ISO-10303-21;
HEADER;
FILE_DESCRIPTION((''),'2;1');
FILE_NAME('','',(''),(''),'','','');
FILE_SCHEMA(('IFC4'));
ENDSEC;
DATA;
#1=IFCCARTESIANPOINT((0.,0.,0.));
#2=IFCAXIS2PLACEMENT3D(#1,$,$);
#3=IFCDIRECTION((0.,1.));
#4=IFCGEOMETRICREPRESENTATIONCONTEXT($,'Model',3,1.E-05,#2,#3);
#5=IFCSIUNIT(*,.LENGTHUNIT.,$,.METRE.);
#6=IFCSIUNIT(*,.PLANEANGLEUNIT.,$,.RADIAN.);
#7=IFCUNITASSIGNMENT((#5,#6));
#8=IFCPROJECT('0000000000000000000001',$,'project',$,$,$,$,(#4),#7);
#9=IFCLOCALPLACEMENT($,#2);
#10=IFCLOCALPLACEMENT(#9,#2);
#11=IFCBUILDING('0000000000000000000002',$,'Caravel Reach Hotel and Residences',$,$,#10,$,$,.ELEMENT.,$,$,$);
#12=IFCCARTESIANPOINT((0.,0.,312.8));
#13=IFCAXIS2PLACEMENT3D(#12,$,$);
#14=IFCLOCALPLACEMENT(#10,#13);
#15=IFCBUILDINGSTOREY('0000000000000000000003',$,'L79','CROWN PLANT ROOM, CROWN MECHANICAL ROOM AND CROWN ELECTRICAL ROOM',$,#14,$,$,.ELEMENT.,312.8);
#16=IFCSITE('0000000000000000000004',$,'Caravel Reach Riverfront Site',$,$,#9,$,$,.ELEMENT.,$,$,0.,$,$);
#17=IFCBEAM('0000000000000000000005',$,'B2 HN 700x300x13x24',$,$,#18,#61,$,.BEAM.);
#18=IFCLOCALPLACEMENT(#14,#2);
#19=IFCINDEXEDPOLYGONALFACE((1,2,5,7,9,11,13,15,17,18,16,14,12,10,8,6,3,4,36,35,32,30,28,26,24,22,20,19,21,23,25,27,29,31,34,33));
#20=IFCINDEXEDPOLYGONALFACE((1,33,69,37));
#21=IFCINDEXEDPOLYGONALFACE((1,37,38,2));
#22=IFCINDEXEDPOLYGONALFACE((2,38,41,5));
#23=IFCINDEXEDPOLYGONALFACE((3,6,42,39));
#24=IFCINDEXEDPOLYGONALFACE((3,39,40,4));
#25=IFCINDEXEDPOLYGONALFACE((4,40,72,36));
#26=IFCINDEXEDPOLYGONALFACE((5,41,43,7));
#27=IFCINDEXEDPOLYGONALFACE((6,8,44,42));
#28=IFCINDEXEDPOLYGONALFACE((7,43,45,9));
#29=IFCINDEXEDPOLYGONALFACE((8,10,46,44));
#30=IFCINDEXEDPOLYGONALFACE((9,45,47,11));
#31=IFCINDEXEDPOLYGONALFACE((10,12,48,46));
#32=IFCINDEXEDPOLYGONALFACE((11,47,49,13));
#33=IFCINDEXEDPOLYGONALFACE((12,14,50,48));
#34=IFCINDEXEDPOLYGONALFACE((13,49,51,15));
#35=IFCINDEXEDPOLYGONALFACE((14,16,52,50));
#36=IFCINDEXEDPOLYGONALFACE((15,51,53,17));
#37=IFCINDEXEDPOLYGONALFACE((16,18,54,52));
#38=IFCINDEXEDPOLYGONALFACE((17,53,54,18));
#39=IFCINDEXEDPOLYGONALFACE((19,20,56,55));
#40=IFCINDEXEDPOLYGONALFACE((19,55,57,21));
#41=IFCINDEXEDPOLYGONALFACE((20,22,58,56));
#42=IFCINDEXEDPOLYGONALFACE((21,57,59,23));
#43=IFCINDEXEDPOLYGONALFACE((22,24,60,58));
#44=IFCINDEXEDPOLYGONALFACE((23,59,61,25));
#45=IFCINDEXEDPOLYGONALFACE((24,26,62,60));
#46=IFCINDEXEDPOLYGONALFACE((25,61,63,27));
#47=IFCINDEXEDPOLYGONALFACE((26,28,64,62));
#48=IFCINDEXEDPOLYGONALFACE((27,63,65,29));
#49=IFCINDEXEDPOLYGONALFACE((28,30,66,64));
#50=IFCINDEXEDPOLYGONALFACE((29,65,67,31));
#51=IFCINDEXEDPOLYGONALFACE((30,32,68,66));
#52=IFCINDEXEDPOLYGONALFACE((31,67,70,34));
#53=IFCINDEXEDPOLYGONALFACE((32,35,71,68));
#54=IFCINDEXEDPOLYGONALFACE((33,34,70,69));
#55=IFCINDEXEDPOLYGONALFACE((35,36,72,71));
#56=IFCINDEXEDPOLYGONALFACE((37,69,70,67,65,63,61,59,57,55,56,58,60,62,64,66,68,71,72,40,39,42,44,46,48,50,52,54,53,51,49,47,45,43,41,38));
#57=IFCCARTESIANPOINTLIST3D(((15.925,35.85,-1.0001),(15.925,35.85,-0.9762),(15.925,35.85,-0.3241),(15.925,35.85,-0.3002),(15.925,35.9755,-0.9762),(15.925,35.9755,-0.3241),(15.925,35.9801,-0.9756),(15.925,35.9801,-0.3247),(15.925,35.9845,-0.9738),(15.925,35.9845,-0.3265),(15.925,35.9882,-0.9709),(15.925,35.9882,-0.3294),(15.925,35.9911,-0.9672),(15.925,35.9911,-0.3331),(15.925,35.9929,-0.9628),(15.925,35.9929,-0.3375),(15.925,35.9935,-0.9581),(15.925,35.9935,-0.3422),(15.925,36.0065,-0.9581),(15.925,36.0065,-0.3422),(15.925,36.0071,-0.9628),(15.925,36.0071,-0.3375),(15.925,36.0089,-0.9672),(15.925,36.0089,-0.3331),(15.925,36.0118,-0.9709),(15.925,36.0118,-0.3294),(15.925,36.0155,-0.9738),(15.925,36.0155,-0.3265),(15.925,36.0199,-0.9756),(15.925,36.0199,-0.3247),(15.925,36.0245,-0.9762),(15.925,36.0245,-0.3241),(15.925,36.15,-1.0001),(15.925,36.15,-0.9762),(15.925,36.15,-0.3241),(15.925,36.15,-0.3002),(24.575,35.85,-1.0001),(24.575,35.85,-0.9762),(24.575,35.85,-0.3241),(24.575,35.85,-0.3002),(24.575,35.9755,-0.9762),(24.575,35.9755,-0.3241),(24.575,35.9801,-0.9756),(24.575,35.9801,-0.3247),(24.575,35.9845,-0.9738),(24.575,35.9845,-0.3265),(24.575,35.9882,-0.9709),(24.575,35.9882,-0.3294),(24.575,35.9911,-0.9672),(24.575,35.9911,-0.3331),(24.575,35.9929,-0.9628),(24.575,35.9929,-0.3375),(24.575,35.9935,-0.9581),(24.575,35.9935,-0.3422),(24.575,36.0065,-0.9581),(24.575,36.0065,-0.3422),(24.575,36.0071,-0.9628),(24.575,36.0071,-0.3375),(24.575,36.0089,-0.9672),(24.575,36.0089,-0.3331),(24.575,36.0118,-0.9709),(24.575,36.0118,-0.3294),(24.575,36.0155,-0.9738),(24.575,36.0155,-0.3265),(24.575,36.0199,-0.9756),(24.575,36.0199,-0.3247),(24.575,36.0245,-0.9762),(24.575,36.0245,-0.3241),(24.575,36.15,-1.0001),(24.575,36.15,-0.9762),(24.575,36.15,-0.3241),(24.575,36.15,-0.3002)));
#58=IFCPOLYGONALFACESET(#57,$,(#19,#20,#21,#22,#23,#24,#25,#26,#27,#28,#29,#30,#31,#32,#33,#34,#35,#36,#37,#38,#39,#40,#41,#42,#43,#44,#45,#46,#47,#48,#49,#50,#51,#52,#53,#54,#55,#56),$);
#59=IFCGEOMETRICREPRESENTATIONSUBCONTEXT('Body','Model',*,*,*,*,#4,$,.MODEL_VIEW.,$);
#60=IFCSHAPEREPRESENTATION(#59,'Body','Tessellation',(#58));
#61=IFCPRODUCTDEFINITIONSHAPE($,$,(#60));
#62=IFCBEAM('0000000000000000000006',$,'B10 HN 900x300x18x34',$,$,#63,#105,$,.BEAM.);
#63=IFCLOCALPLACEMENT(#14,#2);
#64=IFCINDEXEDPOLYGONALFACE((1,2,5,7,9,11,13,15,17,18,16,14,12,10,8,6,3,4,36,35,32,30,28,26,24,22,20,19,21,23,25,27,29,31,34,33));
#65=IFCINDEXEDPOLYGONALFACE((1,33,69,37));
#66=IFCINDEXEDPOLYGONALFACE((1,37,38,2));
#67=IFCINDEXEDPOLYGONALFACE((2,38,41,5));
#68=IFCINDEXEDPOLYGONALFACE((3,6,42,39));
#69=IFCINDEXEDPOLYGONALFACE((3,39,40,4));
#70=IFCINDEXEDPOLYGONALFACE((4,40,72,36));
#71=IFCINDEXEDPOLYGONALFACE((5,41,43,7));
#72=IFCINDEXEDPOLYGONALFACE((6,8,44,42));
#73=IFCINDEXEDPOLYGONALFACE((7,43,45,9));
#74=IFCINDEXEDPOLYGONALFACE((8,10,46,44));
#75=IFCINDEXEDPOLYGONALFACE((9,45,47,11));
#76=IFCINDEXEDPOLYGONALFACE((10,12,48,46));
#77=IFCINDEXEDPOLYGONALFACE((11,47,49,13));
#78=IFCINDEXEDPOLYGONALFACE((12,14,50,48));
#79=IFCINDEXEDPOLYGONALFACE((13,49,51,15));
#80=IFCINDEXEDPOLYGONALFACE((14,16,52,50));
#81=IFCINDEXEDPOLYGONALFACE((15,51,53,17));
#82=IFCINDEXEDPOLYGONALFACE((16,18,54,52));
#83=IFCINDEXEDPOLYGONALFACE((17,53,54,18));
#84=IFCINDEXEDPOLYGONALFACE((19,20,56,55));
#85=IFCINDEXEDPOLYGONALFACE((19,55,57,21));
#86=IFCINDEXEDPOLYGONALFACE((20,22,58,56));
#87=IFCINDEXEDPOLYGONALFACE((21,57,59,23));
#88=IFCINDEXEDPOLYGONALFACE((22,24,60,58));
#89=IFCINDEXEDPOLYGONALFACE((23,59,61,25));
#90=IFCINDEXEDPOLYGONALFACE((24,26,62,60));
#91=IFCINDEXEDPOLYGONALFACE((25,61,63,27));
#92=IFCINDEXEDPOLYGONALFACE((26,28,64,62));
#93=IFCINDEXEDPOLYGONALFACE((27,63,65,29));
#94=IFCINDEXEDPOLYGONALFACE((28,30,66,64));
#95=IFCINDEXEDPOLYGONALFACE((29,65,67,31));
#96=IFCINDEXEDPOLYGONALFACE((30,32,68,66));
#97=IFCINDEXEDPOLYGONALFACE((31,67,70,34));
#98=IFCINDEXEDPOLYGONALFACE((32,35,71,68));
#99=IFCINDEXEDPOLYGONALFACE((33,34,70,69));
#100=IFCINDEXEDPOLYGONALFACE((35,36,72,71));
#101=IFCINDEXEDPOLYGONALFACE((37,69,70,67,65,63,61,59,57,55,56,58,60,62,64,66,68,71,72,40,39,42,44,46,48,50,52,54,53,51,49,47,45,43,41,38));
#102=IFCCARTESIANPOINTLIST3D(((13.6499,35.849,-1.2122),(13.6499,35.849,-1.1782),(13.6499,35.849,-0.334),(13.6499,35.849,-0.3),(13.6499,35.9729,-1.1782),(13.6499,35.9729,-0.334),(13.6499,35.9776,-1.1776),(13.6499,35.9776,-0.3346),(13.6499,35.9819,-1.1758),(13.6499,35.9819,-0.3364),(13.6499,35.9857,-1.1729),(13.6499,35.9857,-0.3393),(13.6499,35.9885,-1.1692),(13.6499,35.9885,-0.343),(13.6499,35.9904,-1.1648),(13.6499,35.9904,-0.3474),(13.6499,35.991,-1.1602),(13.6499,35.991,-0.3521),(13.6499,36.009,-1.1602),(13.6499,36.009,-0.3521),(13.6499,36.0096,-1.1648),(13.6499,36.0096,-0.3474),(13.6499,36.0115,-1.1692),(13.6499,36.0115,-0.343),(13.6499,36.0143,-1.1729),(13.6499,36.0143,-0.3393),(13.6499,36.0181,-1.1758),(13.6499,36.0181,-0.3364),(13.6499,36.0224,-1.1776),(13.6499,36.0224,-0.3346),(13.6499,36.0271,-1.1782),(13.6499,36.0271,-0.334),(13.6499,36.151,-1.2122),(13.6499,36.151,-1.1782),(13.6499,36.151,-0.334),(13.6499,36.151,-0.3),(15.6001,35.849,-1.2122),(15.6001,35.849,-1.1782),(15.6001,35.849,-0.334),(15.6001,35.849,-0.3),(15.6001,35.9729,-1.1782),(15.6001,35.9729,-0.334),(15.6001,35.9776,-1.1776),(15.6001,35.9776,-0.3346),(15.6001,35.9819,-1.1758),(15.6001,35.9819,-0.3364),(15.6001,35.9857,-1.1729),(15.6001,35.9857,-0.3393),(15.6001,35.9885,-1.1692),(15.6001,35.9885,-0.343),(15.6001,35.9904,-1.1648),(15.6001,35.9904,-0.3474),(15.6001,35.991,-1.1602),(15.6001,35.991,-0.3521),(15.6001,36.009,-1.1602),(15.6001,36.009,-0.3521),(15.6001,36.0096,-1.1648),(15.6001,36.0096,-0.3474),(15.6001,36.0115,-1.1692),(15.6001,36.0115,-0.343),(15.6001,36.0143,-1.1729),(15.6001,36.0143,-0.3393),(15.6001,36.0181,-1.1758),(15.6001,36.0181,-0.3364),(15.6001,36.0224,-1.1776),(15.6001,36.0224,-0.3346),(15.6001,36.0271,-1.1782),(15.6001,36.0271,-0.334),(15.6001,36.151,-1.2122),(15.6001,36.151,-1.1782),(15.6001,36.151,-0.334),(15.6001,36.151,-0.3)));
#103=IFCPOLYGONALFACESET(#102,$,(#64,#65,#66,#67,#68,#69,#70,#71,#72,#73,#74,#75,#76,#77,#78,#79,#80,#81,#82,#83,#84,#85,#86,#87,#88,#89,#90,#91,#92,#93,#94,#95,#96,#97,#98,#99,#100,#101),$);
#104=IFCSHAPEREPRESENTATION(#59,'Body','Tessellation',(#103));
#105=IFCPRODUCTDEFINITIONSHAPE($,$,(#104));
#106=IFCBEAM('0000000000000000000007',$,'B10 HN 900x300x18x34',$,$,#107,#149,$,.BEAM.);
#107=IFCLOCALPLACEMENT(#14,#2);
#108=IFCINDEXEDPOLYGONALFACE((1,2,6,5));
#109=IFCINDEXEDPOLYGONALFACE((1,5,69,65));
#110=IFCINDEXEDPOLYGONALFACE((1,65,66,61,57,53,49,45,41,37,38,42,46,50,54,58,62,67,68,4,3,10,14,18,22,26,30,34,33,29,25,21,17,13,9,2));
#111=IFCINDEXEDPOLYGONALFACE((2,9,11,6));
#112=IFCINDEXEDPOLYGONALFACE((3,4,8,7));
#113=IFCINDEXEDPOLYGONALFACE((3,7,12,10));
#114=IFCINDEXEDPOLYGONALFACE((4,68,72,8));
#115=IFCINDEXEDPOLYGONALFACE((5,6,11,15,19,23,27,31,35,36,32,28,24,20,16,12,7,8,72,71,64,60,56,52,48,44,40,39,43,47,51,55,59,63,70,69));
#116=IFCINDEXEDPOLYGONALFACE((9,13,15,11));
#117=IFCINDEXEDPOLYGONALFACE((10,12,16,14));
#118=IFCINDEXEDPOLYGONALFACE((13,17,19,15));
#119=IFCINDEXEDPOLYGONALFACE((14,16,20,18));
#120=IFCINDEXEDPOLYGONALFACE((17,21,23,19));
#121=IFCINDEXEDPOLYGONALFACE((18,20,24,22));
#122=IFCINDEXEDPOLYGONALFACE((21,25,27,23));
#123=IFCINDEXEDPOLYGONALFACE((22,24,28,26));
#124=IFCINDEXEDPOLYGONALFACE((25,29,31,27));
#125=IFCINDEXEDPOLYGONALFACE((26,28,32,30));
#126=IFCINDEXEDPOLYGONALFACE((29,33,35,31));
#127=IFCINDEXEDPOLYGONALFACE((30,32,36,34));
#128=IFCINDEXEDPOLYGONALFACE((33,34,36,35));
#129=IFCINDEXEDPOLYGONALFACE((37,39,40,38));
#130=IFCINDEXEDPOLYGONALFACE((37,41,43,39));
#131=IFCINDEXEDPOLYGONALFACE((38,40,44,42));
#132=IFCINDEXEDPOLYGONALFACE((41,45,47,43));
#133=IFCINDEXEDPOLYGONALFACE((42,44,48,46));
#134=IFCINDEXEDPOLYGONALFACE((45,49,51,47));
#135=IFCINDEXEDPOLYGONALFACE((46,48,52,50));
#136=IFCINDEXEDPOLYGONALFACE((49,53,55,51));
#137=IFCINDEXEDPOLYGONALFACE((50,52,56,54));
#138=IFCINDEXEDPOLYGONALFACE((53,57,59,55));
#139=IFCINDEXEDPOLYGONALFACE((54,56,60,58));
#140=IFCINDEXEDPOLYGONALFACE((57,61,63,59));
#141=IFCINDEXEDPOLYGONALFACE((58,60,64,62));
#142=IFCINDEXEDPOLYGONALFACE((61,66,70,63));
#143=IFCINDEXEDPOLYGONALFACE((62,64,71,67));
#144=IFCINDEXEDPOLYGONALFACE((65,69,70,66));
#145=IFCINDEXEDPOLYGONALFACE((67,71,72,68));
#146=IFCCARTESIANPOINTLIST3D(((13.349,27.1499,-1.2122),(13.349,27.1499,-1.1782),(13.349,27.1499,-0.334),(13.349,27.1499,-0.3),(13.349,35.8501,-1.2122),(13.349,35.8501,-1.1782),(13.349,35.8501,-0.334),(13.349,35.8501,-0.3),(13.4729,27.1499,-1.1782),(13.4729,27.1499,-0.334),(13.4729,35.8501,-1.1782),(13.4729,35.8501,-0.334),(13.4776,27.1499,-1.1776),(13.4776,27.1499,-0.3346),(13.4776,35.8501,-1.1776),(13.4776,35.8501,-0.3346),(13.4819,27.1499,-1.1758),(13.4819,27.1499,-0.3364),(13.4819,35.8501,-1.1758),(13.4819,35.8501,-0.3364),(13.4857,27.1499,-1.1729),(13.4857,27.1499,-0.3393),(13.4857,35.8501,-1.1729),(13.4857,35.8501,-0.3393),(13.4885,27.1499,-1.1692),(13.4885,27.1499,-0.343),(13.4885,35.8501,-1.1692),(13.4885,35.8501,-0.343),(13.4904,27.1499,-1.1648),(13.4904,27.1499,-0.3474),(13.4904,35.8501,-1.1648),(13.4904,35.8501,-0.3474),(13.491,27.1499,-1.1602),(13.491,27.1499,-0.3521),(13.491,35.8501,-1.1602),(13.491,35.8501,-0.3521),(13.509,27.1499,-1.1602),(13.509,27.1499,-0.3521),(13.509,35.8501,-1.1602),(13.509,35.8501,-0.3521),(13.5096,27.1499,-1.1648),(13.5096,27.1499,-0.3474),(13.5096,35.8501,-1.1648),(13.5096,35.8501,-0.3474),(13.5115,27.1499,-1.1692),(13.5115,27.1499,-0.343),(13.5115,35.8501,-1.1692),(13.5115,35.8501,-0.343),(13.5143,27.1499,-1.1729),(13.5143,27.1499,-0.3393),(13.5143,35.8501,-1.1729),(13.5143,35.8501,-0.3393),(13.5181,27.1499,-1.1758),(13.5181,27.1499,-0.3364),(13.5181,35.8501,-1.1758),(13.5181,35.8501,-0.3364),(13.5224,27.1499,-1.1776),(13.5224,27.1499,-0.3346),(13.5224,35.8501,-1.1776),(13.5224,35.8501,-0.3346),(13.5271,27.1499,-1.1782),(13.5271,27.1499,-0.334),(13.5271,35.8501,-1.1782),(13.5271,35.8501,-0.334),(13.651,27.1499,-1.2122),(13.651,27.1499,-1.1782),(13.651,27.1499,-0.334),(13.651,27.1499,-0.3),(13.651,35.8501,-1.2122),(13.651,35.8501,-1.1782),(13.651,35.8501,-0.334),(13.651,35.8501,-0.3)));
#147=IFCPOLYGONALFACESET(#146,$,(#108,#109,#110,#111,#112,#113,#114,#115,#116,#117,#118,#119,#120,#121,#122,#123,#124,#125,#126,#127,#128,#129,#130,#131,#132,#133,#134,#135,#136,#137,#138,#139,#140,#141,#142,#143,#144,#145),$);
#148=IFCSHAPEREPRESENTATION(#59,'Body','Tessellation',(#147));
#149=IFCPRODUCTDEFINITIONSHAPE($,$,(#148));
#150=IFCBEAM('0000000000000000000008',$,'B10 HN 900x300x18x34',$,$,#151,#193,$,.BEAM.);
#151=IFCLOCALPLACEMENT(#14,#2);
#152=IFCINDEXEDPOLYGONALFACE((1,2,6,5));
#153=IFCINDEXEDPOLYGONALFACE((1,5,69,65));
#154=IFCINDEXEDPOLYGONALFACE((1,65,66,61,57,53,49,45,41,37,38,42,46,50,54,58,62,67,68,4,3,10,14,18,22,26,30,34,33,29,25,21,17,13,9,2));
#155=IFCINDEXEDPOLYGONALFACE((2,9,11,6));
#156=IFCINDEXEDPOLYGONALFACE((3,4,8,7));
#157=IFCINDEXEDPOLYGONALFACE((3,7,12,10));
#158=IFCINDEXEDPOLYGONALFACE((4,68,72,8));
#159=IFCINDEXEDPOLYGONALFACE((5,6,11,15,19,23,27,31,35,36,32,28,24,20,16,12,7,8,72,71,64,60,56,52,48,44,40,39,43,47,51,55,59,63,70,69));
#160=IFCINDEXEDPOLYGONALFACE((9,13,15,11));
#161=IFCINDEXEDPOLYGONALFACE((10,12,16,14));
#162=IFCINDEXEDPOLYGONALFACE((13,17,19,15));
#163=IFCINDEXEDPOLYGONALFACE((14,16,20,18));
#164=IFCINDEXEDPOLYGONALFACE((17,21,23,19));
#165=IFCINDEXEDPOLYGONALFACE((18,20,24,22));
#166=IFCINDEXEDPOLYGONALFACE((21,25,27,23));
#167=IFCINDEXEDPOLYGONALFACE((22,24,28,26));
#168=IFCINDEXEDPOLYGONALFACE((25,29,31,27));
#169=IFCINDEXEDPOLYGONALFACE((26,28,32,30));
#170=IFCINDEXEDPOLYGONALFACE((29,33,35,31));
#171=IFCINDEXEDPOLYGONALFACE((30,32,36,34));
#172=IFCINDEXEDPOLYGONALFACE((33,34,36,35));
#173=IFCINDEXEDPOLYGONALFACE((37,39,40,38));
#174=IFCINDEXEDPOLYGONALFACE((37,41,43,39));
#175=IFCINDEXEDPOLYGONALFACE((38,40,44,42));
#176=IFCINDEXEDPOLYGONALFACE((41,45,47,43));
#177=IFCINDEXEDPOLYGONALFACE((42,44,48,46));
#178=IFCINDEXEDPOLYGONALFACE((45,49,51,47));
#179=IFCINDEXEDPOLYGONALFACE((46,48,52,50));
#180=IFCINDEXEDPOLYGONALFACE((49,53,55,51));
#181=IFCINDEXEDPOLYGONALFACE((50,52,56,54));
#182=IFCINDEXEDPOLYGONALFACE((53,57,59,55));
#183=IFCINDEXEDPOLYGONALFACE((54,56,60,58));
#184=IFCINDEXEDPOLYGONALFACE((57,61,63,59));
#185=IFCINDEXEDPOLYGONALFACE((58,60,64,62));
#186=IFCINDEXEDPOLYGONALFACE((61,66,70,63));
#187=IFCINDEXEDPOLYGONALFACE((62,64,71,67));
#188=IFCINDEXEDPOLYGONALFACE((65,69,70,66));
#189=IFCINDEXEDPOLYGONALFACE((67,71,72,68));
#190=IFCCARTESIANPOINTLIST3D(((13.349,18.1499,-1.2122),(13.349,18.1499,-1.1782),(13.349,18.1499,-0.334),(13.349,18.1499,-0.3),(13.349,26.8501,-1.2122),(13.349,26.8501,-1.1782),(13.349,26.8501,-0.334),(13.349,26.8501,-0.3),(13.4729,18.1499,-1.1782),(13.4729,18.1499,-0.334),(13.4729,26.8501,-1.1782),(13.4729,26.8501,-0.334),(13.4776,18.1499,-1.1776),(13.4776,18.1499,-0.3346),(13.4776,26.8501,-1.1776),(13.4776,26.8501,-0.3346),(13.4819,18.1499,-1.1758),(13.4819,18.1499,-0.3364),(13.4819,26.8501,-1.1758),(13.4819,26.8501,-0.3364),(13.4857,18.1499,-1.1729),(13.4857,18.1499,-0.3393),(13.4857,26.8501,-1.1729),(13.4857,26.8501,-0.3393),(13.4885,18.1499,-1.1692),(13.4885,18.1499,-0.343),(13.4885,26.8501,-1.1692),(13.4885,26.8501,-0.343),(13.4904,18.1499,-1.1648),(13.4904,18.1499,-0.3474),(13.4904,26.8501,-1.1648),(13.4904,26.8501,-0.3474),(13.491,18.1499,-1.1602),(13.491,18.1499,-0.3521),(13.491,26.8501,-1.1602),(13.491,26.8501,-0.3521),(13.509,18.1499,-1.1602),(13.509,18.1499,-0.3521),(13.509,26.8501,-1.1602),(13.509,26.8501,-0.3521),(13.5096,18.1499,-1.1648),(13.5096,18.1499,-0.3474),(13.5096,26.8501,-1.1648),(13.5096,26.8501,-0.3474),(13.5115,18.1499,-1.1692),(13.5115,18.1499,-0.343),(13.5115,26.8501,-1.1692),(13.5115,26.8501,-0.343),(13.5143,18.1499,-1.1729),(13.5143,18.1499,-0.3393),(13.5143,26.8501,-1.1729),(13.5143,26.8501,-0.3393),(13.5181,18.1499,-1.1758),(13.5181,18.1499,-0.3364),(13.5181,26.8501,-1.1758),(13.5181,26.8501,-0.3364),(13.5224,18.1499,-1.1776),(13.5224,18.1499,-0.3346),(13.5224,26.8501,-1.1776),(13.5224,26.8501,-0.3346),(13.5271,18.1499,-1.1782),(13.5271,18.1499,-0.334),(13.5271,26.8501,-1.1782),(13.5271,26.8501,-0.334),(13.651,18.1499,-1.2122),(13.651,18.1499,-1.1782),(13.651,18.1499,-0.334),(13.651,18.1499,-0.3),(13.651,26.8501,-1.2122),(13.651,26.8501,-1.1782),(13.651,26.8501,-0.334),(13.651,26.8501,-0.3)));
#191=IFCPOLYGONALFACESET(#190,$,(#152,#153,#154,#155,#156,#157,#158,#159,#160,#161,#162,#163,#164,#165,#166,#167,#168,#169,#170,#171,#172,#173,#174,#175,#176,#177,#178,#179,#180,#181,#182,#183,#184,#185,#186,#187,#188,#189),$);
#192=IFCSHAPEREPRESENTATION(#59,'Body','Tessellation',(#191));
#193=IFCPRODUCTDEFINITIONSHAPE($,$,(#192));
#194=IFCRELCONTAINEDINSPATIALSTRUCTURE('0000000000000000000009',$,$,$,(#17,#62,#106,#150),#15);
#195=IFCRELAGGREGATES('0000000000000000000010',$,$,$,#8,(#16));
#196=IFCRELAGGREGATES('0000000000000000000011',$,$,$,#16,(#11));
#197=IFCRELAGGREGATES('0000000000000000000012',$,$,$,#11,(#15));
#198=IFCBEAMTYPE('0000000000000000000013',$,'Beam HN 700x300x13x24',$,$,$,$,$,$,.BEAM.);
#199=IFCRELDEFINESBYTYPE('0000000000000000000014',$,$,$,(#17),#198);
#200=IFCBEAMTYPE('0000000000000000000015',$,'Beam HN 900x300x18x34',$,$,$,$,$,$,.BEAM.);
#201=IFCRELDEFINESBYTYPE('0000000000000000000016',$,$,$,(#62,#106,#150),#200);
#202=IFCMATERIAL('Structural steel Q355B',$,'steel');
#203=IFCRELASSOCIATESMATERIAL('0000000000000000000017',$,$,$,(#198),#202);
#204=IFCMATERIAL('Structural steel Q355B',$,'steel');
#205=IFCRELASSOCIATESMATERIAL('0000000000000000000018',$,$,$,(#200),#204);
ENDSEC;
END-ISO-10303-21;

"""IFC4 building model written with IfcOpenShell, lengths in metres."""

from ifc_helpers import new_model, si_unit, direction, frame, origin, origin_2d, place, context, subcontext, project, spatial, i_section, extrude, material, material_profile, profile_set, type_object, element, save


model = new_model("IFC4")

# Units and contexts
model_context = context("Model", 3, precision=1e-05, world=origin(), true_north=direction((0.0, 1.0)))
body_context = subcontext(model_context, "Body", "Model", "MODEL_VIEW")
ifc_project = project(units=[si_unit("LENGTHUNIT", "METRE"), si_unit("PLANEANGLEUNIT", "RADIAN")], contexts=[model_context])

# Site, building, storey
site_placement = place(None, origin())
site = spatial("IfcSite", under=ifc_project, at=site_placement, Name="Caravel Reach Riverfront Site", CompositionType="ELEMENT", RefElevation=0.0)
building_placement = place(site_placement, origin())
building = spatial("IfcBuilding", under=site, at=building_placement, Name="Caravel Reach Hotel and Residences", CompositionType="ELEMENT")
storey_placement = place(building_placement, frame((0.0, 0.0, 312.8)))
storey = spatial("IfcBuildingStorey", under=building, at=storey_placement, Name="L79", Description="CROWN PLANT ROOM, CROWN MECHANICAL ROOM AND CROWN ELECTRICAL ROOM", CompositionType="ELEMENT", Elevation=312.8)

# Beams
ifc_material_1 = material(Name="Structural steel Q355B", Category="steel")
ifc_material_profile_1 = material_profile(ifc_material_1, i_section(OverallWidth=0.3, OverallDepth=0.7, WebThickness=0.0129, FlangeThickness=0.0239, FilletRadius=0.0181, at=origin_2d()), Name="HN 700x300x13x24")
ifc_profile_set_1 = profile_set([ifc_material_profile_1], Name="Structural steel Q355B")
beam_type_1 = type_object("IfcBeamType", Name="Beam HN 700x300x13x24", PredefinedType="BEAM", material=ifc_profile_set_1)
beam_1_placement = place(storey_placement, frame((15.925, 36.0, -0.6501), z_axis=(1.0, 0.0, 0.0), x_axis=(0.0, 1.0, 0.0)))
element("IfcBeam", 1, at=beam_1_placement, inside=storey, type_object=beam_type_1, Name="B2 HN 700x300x13x24", PredefinedType="BEAM", context=body_context, shape_type="SweptSolid", body=[
    extrude(i_section(OverallWidth=0.3, OverallDepth=0.7, WebThickness=0.0129, FlangeThickness=0.0239, FilletRadius=0.0181, at=origin_2d()), origin(), (0.0, 0.0, 1.0), 8.6499),
])
ifc_material_2 = material(Name="Structural steel Q355B", Category="steel")
ifc_material_profile_2 = material_profile(ifc_material_2, i_section(OverallWidth=0.302, OverallDepth=0.9121, WebThickness=0.0181, FlangeThickness=0.0339, FilletRadius=0.0181, at=origin_2d()), Name="HN 900x300x18x34")
ifc_profile_set_2 = profile_set([ifc_material_profile_2], Name="Structural steel Q355B")
beam_type_2 = type_object("IfcBeamType", Name="Beam HN 900x300x18x34", PredefinedType="BEAM", material=ifc_profile_set_2)
beam_2_placement = place(storey_placement, frame((15.6001, 36.0, -0.7561), z_axis=(-1.0, 0.0, 0.0), x_axis=(0.0, -1.0, 0.0)))
element("IfcBeam", 2, at=beam_2_placement, inside=storey, type_object=beam_type_2, Name="B10 HN 900x300x18x34", PredefinedType="BEAM", context=body_context, shape_type="SweptSolid", body=[
    extrude(i_section(OverallWidth=0.302, OverallDepth=0.9121, WebThickness=0.0181, FlangeThickness=0.0339, FilletRadius=0.0181, at=origin_2d()), origin(), (0.0, 0.0, 1.0), 1.9502),
])
for number, where, z_axis, x_axis, name in (
    (3, (13.5, 35.8501, -0.7561), (0.0, -1.0, 0.0), (1.0, 0.0, 0.0), "B10 HN 900x300x18x34"),
    (4, (13.5, 26.8501, -0.7561), (0.0, -1.0, 0.0), (1.0, 0.0, 0.0), "B10 HN 900x300x18x34"),
):
    element("IfcBeam", number, at=place(storey_placement, frame(where, z_axis=z_axis, x_axis=x_axis)), inside=storey, type_object=beam_type_2, Name=name, PredefinedType="BEAM", context=body_context, shape_type="SweptSolid", body=[
        extrude(i_section(OverallWidth=0.302, OverallDepth=0.9121, WebThickness=0.0181, FlangeThickness=0.0339, FilletRadius=0.0181, at=origin_2d()), origin(), (0.0, 0.0, 1.0), 8.7002),
    ])

save(model, "model.ifc")
